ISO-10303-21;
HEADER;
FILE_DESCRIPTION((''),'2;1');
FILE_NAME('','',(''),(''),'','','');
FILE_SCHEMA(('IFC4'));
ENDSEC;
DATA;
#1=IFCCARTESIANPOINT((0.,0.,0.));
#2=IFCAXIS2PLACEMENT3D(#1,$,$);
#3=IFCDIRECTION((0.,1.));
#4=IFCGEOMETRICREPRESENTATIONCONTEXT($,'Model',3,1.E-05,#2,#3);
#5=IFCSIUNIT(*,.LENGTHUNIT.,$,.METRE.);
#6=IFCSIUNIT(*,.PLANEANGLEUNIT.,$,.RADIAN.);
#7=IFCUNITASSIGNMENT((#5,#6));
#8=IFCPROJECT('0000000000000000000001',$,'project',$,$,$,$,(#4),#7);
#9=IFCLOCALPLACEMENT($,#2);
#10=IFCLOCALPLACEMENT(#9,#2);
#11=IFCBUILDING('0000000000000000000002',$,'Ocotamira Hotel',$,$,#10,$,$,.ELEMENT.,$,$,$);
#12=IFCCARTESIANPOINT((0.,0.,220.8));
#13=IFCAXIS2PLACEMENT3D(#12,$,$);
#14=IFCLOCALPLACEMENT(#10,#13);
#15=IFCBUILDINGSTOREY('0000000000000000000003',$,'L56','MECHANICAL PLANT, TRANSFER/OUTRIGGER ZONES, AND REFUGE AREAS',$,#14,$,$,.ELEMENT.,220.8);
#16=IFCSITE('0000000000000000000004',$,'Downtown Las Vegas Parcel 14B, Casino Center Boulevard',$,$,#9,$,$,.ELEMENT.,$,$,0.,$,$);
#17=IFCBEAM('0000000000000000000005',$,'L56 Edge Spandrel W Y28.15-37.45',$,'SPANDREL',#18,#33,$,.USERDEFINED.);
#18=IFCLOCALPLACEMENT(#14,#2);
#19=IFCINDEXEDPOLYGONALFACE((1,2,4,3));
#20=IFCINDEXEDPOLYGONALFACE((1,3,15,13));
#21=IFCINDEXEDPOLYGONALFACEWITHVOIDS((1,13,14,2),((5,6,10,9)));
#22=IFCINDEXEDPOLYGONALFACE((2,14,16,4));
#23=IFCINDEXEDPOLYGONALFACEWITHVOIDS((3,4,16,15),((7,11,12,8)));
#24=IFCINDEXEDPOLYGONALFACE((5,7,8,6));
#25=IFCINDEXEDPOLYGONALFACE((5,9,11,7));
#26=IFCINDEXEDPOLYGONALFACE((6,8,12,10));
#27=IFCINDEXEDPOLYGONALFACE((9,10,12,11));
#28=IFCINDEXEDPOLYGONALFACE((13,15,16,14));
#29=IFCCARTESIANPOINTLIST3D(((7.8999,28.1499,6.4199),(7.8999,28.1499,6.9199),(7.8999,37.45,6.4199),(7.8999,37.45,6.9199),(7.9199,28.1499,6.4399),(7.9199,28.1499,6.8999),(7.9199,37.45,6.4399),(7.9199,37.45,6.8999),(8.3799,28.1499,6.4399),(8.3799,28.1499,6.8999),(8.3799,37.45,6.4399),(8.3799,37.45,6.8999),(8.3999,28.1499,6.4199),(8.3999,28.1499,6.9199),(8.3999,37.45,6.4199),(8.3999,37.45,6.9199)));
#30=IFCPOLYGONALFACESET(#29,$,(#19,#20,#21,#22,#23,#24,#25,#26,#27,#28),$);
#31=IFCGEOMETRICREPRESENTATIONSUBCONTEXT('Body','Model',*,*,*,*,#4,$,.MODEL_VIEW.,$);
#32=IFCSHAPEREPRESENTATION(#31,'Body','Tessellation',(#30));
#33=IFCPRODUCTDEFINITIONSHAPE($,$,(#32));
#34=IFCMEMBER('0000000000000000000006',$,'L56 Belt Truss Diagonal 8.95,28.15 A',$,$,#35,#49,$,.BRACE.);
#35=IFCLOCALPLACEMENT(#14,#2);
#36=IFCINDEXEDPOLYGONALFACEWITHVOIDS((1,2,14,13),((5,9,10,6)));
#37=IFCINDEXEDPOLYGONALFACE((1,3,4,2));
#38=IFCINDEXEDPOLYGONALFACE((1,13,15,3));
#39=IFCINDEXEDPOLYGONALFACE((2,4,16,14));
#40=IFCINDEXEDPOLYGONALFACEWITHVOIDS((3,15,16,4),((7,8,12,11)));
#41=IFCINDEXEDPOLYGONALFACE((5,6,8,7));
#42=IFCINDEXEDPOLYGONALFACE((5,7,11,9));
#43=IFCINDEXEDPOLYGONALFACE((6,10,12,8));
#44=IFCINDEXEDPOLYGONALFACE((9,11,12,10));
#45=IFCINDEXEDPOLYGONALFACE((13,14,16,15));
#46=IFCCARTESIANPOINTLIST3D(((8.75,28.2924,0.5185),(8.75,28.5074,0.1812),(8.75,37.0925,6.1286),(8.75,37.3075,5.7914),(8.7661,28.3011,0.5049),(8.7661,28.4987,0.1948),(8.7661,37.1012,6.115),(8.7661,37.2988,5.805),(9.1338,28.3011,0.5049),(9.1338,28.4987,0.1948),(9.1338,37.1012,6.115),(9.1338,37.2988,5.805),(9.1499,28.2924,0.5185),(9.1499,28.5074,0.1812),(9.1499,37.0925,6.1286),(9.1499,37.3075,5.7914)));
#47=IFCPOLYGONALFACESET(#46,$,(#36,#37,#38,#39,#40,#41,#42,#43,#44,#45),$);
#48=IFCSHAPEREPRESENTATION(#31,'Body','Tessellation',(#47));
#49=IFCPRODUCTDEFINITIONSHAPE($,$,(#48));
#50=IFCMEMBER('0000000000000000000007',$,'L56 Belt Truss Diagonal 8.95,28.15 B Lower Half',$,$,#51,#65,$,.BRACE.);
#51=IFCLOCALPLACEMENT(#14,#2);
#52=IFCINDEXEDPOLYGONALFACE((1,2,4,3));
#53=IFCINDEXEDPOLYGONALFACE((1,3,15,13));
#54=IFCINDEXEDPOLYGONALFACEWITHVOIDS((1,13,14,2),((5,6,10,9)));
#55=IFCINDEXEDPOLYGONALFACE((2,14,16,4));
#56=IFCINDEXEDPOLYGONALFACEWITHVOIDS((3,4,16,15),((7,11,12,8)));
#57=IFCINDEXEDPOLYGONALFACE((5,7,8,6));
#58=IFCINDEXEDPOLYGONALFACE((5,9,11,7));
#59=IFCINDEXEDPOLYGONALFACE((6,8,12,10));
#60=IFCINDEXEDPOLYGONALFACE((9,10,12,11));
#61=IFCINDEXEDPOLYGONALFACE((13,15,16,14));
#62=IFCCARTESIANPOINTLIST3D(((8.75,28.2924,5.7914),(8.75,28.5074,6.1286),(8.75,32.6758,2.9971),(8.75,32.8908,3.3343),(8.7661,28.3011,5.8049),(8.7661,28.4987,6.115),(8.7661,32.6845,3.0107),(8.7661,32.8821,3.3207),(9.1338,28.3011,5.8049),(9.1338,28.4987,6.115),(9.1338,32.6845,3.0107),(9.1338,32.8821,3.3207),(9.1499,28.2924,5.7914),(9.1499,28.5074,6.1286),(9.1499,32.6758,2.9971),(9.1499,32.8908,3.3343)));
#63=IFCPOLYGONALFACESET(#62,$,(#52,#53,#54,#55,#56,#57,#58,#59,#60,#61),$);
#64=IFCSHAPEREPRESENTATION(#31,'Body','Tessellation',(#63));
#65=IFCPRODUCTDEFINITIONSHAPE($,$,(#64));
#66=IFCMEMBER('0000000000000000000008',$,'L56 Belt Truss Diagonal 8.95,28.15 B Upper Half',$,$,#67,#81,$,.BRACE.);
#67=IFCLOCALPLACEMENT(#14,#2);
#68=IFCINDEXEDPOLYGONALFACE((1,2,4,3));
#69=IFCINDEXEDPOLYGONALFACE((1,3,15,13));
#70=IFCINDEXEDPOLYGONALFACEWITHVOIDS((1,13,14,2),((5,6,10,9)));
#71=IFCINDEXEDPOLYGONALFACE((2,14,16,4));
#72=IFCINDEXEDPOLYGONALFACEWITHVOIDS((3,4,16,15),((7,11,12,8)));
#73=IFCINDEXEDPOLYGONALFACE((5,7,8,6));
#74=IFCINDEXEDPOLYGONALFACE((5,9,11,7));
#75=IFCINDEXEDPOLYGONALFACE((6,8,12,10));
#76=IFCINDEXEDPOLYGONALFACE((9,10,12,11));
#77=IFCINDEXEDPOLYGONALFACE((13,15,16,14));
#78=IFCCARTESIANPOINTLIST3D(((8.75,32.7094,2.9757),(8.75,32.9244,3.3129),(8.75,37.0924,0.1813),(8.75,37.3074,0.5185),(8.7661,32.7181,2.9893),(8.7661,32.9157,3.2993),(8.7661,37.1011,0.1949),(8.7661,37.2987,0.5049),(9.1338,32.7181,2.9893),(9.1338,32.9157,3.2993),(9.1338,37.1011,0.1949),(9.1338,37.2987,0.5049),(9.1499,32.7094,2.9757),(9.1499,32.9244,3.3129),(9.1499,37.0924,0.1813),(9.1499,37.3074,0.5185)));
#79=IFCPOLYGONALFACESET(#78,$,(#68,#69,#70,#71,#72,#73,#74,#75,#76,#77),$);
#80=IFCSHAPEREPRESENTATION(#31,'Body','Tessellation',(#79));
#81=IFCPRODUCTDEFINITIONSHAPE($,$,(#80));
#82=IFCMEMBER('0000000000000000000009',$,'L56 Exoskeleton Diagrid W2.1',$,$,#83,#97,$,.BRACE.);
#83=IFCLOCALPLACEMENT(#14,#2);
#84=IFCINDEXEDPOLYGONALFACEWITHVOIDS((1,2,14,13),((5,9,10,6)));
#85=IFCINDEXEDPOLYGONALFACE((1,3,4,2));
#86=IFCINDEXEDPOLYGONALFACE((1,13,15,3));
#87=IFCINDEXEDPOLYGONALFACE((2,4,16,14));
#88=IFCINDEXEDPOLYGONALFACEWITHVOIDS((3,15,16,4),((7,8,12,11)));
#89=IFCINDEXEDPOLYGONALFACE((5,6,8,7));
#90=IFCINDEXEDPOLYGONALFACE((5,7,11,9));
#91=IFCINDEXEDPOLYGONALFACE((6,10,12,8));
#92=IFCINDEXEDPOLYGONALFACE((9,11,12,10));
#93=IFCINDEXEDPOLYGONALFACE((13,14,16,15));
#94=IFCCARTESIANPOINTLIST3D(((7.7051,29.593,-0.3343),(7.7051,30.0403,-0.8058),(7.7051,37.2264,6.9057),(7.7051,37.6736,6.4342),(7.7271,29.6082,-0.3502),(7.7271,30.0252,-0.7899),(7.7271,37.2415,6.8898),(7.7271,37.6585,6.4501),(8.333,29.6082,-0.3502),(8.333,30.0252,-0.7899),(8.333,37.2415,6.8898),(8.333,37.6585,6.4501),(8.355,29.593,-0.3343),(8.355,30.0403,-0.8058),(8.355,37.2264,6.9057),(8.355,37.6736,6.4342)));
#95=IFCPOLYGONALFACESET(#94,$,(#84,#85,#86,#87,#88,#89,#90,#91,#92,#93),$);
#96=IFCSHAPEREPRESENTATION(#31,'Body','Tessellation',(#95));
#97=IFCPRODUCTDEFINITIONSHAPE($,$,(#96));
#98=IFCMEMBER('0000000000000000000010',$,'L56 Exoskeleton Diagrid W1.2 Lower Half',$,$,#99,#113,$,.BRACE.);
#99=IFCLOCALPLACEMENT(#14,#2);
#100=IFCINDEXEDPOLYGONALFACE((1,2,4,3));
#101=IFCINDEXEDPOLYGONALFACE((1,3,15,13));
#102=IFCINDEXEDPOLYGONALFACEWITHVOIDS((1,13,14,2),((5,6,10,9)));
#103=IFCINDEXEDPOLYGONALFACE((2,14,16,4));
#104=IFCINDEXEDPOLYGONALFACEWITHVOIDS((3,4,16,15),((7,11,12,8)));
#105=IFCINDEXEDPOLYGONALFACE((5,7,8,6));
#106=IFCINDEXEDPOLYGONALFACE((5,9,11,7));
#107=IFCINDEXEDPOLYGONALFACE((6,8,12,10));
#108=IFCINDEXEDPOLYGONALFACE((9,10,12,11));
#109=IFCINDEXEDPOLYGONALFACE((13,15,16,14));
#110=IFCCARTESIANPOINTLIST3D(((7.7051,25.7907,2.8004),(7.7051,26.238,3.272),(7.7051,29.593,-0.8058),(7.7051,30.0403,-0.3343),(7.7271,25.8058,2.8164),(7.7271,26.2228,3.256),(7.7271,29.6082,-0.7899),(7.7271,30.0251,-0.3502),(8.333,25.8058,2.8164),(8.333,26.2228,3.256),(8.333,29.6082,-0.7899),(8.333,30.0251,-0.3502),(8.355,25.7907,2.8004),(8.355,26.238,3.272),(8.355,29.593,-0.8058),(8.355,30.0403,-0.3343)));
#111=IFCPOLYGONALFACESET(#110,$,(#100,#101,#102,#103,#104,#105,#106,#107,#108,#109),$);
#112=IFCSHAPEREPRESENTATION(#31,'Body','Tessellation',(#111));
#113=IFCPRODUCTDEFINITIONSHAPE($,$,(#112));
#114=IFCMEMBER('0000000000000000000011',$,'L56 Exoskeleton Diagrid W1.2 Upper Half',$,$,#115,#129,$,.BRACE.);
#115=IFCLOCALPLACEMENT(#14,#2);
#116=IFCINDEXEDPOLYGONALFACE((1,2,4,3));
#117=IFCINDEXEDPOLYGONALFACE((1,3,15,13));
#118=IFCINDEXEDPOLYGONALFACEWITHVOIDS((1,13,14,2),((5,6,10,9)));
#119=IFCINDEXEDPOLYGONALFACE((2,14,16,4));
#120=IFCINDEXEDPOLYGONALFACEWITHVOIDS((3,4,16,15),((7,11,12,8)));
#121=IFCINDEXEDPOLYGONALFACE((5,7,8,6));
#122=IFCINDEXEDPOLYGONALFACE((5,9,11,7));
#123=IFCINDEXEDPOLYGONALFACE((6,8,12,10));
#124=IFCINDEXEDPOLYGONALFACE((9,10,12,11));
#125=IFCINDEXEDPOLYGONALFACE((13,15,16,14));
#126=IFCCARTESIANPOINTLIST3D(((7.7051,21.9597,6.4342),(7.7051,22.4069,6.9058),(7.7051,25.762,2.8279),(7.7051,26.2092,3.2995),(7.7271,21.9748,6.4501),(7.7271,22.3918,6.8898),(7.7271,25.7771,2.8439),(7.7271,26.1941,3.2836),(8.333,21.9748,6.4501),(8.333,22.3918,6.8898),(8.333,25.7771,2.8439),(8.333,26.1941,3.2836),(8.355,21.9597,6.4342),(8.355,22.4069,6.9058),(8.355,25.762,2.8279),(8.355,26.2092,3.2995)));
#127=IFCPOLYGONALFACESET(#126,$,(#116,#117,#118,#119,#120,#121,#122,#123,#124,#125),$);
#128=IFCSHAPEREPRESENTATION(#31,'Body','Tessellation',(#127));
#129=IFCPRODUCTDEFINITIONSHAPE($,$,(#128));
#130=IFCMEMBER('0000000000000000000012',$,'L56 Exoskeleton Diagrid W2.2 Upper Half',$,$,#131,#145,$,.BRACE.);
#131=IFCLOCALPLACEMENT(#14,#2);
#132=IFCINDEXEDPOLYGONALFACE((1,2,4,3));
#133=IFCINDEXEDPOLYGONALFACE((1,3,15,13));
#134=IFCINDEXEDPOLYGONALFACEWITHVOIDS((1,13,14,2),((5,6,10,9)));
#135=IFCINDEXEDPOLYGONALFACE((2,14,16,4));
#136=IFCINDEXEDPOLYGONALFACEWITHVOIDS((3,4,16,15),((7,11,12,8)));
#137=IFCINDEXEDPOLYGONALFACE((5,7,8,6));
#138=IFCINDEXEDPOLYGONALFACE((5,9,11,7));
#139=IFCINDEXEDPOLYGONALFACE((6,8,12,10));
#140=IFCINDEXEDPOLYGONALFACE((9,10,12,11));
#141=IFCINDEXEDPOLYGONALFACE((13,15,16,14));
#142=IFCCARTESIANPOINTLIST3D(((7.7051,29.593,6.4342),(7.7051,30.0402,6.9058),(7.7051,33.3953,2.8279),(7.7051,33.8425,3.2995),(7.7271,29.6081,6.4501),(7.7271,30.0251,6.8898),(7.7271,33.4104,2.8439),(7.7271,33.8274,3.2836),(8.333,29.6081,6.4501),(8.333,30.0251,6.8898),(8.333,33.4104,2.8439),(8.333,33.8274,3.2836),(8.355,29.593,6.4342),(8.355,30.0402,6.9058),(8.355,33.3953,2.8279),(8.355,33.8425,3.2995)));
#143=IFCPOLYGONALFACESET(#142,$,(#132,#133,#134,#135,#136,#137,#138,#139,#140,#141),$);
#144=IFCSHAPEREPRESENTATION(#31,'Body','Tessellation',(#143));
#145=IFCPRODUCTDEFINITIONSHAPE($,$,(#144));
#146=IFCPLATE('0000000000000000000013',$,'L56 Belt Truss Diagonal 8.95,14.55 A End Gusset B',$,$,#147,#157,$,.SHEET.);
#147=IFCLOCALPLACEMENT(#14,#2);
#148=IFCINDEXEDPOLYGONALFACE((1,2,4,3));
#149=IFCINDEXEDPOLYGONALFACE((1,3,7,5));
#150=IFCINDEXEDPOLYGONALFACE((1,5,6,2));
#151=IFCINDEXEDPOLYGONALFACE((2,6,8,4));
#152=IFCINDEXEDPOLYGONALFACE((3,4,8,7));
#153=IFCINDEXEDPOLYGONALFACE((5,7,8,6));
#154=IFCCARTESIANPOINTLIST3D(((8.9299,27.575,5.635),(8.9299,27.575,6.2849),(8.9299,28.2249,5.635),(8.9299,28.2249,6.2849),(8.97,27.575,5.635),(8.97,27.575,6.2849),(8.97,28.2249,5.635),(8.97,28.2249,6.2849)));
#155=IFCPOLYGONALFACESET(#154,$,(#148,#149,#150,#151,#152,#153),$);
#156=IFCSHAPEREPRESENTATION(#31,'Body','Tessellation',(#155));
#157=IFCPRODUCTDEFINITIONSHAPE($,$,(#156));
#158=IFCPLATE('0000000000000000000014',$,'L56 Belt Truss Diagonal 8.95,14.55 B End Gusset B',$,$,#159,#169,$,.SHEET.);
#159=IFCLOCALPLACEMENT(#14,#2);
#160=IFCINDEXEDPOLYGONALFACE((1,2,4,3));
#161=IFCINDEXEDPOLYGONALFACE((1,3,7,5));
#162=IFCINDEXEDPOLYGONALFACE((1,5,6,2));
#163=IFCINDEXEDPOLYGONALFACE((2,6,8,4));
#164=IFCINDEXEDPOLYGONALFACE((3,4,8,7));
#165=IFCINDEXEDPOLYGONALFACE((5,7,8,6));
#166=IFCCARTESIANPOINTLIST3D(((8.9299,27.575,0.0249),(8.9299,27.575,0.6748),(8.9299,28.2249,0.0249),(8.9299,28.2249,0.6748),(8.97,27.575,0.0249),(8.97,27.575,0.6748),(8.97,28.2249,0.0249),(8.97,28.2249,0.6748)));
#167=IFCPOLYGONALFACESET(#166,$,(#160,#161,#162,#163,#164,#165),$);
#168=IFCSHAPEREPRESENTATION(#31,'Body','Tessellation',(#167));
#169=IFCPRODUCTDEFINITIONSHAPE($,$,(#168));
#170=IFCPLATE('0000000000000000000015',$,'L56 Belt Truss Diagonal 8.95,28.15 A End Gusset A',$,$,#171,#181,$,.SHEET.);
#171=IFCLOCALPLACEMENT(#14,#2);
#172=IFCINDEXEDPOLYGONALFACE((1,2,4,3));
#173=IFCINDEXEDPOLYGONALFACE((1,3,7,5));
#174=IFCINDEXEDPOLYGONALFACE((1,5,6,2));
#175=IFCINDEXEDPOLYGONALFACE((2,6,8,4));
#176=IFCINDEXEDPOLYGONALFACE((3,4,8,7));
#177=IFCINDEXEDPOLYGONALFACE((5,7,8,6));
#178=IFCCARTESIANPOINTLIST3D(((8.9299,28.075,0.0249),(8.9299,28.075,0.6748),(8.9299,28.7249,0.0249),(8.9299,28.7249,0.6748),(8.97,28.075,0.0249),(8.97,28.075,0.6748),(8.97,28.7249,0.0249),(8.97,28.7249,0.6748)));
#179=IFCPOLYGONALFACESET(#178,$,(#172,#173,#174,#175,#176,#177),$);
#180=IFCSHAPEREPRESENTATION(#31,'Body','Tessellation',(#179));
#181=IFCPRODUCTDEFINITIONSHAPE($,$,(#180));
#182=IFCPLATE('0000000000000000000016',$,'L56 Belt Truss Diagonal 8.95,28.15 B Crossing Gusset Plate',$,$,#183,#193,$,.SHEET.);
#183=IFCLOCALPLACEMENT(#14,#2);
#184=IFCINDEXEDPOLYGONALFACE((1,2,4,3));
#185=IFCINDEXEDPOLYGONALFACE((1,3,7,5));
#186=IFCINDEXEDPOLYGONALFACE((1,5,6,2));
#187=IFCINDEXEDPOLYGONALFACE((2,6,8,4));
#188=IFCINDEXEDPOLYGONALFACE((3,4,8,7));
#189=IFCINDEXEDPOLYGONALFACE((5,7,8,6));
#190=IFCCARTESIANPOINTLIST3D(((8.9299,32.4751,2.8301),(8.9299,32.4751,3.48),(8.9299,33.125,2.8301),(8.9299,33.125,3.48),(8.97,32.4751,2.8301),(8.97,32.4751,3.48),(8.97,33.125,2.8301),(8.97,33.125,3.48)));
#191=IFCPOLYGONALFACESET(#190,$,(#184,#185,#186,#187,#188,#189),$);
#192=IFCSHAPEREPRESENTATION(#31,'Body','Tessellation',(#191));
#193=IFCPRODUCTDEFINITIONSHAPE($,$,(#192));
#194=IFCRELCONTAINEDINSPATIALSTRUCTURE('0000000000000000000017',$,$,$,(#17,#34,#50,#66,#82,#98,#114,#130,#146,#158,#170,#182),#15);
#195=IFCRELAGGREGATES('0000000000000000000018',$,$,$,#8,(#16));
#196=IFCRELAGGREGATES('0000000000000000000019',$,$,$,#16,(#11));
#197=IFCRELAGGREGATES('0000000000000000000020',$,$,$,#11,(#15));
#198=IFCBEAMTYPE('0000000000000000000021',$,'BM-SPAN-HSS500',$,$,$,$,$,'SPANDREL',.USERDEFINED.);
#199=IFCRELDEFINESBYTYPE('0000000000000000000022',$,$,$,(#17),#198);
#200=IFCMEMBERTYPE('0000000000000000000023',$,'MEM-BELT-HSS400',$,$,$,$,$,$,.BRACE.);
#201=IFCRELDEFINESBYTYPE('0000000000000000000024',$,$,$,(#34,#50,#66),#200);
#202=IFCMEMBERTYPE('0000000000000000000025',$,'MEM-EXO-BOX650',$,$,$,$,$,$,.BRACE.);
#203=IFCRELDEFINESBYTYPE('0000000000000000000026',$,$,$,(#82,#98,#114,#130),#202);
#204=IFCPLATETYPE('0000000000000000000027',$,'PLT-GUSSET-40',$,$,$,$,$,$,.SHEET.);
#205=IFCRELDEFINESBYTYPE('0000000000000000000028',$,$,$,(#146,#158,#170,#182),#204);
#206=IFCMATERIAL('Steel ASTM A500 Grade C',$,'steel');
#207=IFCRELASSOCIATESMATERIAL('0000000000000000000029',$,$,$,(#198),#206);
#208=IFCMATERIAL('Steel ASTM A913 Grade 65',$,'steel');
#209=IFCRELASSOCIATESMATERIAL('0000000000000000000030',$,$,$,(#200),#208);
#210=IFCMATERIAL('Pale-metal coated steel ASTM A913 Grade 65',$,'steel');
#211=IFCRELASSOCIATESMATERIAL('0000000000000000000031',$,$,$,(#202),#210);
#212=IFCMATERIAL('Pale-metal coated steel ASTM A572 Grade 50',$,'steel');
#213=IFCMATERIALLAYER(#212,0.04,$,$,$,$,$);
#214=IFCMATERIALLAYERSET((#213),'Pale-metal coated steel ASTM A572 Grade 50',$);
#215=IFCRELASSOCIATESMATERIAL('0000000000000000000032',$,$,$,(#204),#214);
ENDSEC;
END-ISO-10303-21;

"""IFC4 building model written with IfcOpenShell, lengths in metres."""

from ifc_helpers import new_model, si_unit, direction, frame, origin, origin_2d, place, context, subcontext, project, spatial, rectangle, hollow_rectangle, extrude, source, transform, mapped, material, layer, layer_set, material_profile, profile_set, type_object, element, save


model = new_model("IFC4")

# Units and contexts
model_context = context("Model", 3, precision=1e-05, world=origin(), true_north=direction((0.0, 1.0)))
body_context = subcontext(model_context, "Body", "Model", "MODEL_VIEW")
ifc_project = project(units=[si_unit("LENGTHUNIT", "METRE"), si_unit("PLANEANGLEUNIT", "RADIAN")], contexts=[model_context])

# Site, building, storey
site_placement = place(None, origin())
site = spatial("IfcSite", under=ifc_project, at=site_placement, Name="Downtown Las Vegas Parcel 14B, Casino Center Boulevard", CompositionType="ELEMENT", RefElevation=0.0)
building_placement = place(site_placement, origin())
building = spatial("IfcBuilding", under=site, at=building_placement, Name="Ocotamira Hotel", CompositionType="ELEMENT")
storey_placement = place(building_placement, frame((0.0, 0.0, 220.8)))
storey = spatial("IfcBuildingStorey", under=building, at=storey_placement, Name="L56", Description="MECHANICAL PLANT, TRANSFER/OUTRIGGER ZONES, AND REFUGE AREAS", CompositionType="ELEMENT", Elevation=220.8)

# Shared definitions
ifc_material_1 = material(Name="Steel ASTM A913 Grade 65", Category="steel")

# Beam
ifc_material_2 = material(Name="Steel ASTM A500 Grade C", Category="steel")
ifc_material_profile_1 = material_profile(ifc_material_2, hollow_rectangle(XDim=0.5, YDim=0.5, WallThickness=0.02, at=origin_2d()), Name="HSS500X500X20")
ifc_profile_set_1 = profile_set([ifc_material_profile_1], Name="Steel ASTM A500 Grade C")
beam_type_1 = type_object("IfcBeamType", Name="BM-SPAN-HSS500", ElementType="SPANDREL", PredefinedType="USERDEFINED", material=ifc_profile_set_1)
shared_shape_1 = source(origin(), body_context, "Body", "SweptSolid", [
    extrude(hollow_rectangle(XDim=0.5, YDim=0.5, WallThickness=0.02, at=origin_2d()), origin(), (0.0, 0.0, 1.0), 9.3),
])
beam_1_placement = place(storey_placement, frame((8.1499, 28.1499, 6.6699), z_axis=(0.0, 1.0, 0.0), x_axis=(-1.0, 0.0, 0.0)))
element("IfcBeam", 1, at=beam_1_placement, inside=storey, type_object=beam_type_1, Name="L56 Edge Spandrel W Y28.15-37.45", ObjectType="SPANDREL", PredefinedType="USERDEFINED", context=body_context, shape_type="MappedRepresentation", body=[
    mapped(shared_shape_1, transform((0.0, 0.0, 0.0), scale=1.0)),
])

# Members
ifc_material_profile_2 = material_profile(ifc_material_1, hollow_rectangle(XDim=0.3999, YDim=0.3999, WallThickness=0.0161, at=origin_2d()), Name="HSS400X400X16")
ifc_profile_set_2 = profile_set([ifc_material_profile_2], Name="Steel ASTM A913 Grade 65")
member_type_1 = type_object("IfcMemberType", Name="MEM-BELT-HSS400", PredefinedType="BRACE", material=ifc_profile_set_2)
shared_shape_2 = source(origin(), body_context, "Body", "SweptSolid", [
    extrude(hollow_rectangle(XDim=0.3999, YDim=0.3999, WallThickness=0.0161, at=origin_2d()), origin(), (0.0, 0.0, 1.0), 10.4363),
])
member_1_placement = place(storey_placement, frame((8.95, 28.3999, 0.3499), z_axis=(0.0, 0.843224, 0.537563), x_axis=(-1.0, 0.0, 0.0)))
element("IfcMember", 2, at=member_1_placement, inside=storey, type_object=member_type_1, Name="L56 Belt Truss Diagonal 8.95,28.15 A", PredefinedType="BRACE", context=body_context, shape_type="MappedRepresentation", body=[
    mapped(shared_shape_2, transform((0.0, 0.0, 0.0), scale=1.0)),
])
shared_shape_3 = source(origin(), body_context, "Body", "SweptSolid", [
    extrude(hollow_rectangle(XDim=0.3999, YDim=0.3999, WallThickness=0.0161, at=origin_2d()), origin(), (0.0, 0.0, 1.0), 5.1982),
])
member_2_placement = place(storey_placement, frame((8.95, 28.3999, 5.96), z_axis=(0.0, 0.843242, -0.537535), x_axis=(-1.0, 0.0, 0.0)))
element("IfcMember", 3, at=member_2_placement, inside=storey, type_object=member_type_1, Name="L56 Belt Truss Diagonal 8.95,28.15 B Lower Half", PredefinedType="BRACE", context=body_context, shape_type="MappedRepresentation", body=[
    mapped(shared_shape_3, transform((0.0, 0.0, 0.0), scale=1.0)),
])
shared_shape_4 = source(origin(), body_context, "Body", "SweptSolid", [
    extrude(hollow_rectangle(XDim=0.3999, YDim=0.3999, WallThickness=0.0161, at=origin_2d()), origin(), (0.0, 0.0, 1.0), 5.198),
])
member_3_placement = place(storey_placement, frame((8.95, 32.8169, 3.1443), z_axis=(0.0, 0.843207, -0.537589), x_axis=(-1.0, 0.0, 0.0)))
element("IfcMember", 4, at=member_3_placement, inside=storey, type_object=member_type_1, Name="L56 Belt Truss Diagonal 8.95,28.15 B Upper Half", PredefinedType="BRACE", context=body_context, shape_type="MappedRepresentation", body=[
    mapped(shared_shape_4, transform((0.0, 0.0, 0.0), scale=1.0)),
])
ifc_material_3 = material(Name="Pale-metal coated steel ASTM A913 Grade 65", Category="steel")
ifc_material_profile_3 = material_profile(ifc_material_3, hollow_rectangle(XDim=0.6499, YDim=0.6499, WallThickness=0.022, at=origin_2d()), Name="BOX650X650X22")
ifc_profile_set_3 = profile_set([ifc_material_profile_3], Name="Pale-metal coated steel ASTM A913 Grade 65")
member_type_2 = type_object("IfcMemberType", Name="MEM-EXO-BOX650", PredefinedType="BRACE", material=ifc_profile_set_3)
shared_shape_5 = source(origin(), body_context, "Body", "SweptSolid", [
    extrude(hollow_rectangle(XDim=0.6499, YDim=0.6499, WallThickness=0.022, at=origin_2d()), origin(), (0.0, 0.0, 1.0), 10.5208),
])
member_4_placement = place(storey_placement, frame((8.03, 29.8167, -0.5701), z_axis=(0.0, 0.725552, 0.688167), x_axis=(-1.0, 0.0, 0.0)))
element("IfcMember", 5, at=member_4_placement, inside=storey, type_object=member_type_2, Name="L56 Exoskeleton Diagrid W2.1", PredefinedType="BRACE", context=body_context, shape_type="MappedRepresentation", body=[
    mapped(shared_shape_5, transform((0.0, 0.0, 0.0), scale=1.0)),
])
shared_shape_6 = source(origin(), body_context, "Body", "SweptSolid", [
    extrude(hollow_rectangle(XDim=0.6499, YDim=0.6499, WallThickness=0.022, at=origin_2d()), origin(), (0.0, 0.0, 1.0), 5.2405),
])
for number, where, z_axis, x_axis, name in (
    (6, (8.03, 29.8167, -0.5701), (0.0, -0.725564, 0.688154), (1.0, 0.0, 0.0), "L56 Exoskeleton Diagrid W1.2 Lower Half"),
    (7, (8.03, 25.9856, 3.0637), (0.0, -0.725564, 0.688154), (1.0, 0.0, 0.0), "L56 Exoskeleton Diagrid W1.2 Upper Half"),
    (8, (8.03, 33.6189, 3.0637), (0.0, -0.725564, 0.688154), (1.0, 0.0, 0.0), "L56 Exoskeleton Diagrid W2.2 Upper Half"),
):
    element("IfcMember", number, at=place(storey_placement, frame(where, z_axis=z_axis, x_axis=x_axis)), inside=storey, type_object=member_type_2, Name=name, PredefinedType="BRACE", context=body_context, shape_type="MappedRepresentation", body=[
        mapped(shared_shape_6, transform((0.0, 0.0, 0.0), scale=1.0)),
    ])

# Plates
ifc_material_4 = material(Name="Pale-metal coated steel ASTM A572 Grade 50", Category="steel")
ifc_layer_1 = layer(ifc_material_4, 0.04)
ifc_layer_set_1 = layer_set([ifc_layer_1], Name="Pale-metal coated steel ASTM A572 Grade 50")
plate_type = type_object("IfcPlateType", Name="PLT-GUSSET-40", PredefinedType="SHEET", material=ifc_layer_set_1)
shared_shape_7 = source(origin(), body_context, "Body", "SweptSolid", [
    extrude(rectangle(XDim=0.04, YDim=0.6499, at=origin_2d()), origin(), (0.0, 0.0, 1.0), 0.6499),
])
for number, where, z_axis, x_axis, name in (
    (9, (8.95, 27.8999, 5.635), (0.0, 0.0, 1.0), (1.0, 0.0, 0.0), "L56 Belt Truss Diagonal 8.95,14.55 A End Gusset B"),
    (10, (8.95, 27.8999, 0.0249), (0.0, 0.0, 1.0), (1.0, 0.0, 0.0), "L56 Belt Truss Diagonal 8.95,14.55 B End Gusset B"),
    (11, (8.95, 28.3999, 0.0249), (0.0, 0.0, 1.0), (1.0, 0.0, 0.0), "L56 Belt Truss Diagonal 8.95,28.15 A End Gusset A"),
    (12, (8.95, 32.8, 2.8301), (0.0, 0.0, 1.0), (1.0, 0.0, 0.0), "L56 Belt Truss Diagonal 8.95,28.15 B Crossing Gusset Plate"),
):
    element("IfcPlate", number, at=place(storey_placement, frame(where, z_axis=z_axis, x_axis=x_axis)), inside=storey, type_object=plate_type, Name=name, PredefinedType="SHEET", context=body_context, shape_type="MappedRepresentation", body=[
        mapped(shared_shape_7, transform((0.0, 0.0, 0.0), scale=1.0)),
    ])

save(model, "model.ifc")
